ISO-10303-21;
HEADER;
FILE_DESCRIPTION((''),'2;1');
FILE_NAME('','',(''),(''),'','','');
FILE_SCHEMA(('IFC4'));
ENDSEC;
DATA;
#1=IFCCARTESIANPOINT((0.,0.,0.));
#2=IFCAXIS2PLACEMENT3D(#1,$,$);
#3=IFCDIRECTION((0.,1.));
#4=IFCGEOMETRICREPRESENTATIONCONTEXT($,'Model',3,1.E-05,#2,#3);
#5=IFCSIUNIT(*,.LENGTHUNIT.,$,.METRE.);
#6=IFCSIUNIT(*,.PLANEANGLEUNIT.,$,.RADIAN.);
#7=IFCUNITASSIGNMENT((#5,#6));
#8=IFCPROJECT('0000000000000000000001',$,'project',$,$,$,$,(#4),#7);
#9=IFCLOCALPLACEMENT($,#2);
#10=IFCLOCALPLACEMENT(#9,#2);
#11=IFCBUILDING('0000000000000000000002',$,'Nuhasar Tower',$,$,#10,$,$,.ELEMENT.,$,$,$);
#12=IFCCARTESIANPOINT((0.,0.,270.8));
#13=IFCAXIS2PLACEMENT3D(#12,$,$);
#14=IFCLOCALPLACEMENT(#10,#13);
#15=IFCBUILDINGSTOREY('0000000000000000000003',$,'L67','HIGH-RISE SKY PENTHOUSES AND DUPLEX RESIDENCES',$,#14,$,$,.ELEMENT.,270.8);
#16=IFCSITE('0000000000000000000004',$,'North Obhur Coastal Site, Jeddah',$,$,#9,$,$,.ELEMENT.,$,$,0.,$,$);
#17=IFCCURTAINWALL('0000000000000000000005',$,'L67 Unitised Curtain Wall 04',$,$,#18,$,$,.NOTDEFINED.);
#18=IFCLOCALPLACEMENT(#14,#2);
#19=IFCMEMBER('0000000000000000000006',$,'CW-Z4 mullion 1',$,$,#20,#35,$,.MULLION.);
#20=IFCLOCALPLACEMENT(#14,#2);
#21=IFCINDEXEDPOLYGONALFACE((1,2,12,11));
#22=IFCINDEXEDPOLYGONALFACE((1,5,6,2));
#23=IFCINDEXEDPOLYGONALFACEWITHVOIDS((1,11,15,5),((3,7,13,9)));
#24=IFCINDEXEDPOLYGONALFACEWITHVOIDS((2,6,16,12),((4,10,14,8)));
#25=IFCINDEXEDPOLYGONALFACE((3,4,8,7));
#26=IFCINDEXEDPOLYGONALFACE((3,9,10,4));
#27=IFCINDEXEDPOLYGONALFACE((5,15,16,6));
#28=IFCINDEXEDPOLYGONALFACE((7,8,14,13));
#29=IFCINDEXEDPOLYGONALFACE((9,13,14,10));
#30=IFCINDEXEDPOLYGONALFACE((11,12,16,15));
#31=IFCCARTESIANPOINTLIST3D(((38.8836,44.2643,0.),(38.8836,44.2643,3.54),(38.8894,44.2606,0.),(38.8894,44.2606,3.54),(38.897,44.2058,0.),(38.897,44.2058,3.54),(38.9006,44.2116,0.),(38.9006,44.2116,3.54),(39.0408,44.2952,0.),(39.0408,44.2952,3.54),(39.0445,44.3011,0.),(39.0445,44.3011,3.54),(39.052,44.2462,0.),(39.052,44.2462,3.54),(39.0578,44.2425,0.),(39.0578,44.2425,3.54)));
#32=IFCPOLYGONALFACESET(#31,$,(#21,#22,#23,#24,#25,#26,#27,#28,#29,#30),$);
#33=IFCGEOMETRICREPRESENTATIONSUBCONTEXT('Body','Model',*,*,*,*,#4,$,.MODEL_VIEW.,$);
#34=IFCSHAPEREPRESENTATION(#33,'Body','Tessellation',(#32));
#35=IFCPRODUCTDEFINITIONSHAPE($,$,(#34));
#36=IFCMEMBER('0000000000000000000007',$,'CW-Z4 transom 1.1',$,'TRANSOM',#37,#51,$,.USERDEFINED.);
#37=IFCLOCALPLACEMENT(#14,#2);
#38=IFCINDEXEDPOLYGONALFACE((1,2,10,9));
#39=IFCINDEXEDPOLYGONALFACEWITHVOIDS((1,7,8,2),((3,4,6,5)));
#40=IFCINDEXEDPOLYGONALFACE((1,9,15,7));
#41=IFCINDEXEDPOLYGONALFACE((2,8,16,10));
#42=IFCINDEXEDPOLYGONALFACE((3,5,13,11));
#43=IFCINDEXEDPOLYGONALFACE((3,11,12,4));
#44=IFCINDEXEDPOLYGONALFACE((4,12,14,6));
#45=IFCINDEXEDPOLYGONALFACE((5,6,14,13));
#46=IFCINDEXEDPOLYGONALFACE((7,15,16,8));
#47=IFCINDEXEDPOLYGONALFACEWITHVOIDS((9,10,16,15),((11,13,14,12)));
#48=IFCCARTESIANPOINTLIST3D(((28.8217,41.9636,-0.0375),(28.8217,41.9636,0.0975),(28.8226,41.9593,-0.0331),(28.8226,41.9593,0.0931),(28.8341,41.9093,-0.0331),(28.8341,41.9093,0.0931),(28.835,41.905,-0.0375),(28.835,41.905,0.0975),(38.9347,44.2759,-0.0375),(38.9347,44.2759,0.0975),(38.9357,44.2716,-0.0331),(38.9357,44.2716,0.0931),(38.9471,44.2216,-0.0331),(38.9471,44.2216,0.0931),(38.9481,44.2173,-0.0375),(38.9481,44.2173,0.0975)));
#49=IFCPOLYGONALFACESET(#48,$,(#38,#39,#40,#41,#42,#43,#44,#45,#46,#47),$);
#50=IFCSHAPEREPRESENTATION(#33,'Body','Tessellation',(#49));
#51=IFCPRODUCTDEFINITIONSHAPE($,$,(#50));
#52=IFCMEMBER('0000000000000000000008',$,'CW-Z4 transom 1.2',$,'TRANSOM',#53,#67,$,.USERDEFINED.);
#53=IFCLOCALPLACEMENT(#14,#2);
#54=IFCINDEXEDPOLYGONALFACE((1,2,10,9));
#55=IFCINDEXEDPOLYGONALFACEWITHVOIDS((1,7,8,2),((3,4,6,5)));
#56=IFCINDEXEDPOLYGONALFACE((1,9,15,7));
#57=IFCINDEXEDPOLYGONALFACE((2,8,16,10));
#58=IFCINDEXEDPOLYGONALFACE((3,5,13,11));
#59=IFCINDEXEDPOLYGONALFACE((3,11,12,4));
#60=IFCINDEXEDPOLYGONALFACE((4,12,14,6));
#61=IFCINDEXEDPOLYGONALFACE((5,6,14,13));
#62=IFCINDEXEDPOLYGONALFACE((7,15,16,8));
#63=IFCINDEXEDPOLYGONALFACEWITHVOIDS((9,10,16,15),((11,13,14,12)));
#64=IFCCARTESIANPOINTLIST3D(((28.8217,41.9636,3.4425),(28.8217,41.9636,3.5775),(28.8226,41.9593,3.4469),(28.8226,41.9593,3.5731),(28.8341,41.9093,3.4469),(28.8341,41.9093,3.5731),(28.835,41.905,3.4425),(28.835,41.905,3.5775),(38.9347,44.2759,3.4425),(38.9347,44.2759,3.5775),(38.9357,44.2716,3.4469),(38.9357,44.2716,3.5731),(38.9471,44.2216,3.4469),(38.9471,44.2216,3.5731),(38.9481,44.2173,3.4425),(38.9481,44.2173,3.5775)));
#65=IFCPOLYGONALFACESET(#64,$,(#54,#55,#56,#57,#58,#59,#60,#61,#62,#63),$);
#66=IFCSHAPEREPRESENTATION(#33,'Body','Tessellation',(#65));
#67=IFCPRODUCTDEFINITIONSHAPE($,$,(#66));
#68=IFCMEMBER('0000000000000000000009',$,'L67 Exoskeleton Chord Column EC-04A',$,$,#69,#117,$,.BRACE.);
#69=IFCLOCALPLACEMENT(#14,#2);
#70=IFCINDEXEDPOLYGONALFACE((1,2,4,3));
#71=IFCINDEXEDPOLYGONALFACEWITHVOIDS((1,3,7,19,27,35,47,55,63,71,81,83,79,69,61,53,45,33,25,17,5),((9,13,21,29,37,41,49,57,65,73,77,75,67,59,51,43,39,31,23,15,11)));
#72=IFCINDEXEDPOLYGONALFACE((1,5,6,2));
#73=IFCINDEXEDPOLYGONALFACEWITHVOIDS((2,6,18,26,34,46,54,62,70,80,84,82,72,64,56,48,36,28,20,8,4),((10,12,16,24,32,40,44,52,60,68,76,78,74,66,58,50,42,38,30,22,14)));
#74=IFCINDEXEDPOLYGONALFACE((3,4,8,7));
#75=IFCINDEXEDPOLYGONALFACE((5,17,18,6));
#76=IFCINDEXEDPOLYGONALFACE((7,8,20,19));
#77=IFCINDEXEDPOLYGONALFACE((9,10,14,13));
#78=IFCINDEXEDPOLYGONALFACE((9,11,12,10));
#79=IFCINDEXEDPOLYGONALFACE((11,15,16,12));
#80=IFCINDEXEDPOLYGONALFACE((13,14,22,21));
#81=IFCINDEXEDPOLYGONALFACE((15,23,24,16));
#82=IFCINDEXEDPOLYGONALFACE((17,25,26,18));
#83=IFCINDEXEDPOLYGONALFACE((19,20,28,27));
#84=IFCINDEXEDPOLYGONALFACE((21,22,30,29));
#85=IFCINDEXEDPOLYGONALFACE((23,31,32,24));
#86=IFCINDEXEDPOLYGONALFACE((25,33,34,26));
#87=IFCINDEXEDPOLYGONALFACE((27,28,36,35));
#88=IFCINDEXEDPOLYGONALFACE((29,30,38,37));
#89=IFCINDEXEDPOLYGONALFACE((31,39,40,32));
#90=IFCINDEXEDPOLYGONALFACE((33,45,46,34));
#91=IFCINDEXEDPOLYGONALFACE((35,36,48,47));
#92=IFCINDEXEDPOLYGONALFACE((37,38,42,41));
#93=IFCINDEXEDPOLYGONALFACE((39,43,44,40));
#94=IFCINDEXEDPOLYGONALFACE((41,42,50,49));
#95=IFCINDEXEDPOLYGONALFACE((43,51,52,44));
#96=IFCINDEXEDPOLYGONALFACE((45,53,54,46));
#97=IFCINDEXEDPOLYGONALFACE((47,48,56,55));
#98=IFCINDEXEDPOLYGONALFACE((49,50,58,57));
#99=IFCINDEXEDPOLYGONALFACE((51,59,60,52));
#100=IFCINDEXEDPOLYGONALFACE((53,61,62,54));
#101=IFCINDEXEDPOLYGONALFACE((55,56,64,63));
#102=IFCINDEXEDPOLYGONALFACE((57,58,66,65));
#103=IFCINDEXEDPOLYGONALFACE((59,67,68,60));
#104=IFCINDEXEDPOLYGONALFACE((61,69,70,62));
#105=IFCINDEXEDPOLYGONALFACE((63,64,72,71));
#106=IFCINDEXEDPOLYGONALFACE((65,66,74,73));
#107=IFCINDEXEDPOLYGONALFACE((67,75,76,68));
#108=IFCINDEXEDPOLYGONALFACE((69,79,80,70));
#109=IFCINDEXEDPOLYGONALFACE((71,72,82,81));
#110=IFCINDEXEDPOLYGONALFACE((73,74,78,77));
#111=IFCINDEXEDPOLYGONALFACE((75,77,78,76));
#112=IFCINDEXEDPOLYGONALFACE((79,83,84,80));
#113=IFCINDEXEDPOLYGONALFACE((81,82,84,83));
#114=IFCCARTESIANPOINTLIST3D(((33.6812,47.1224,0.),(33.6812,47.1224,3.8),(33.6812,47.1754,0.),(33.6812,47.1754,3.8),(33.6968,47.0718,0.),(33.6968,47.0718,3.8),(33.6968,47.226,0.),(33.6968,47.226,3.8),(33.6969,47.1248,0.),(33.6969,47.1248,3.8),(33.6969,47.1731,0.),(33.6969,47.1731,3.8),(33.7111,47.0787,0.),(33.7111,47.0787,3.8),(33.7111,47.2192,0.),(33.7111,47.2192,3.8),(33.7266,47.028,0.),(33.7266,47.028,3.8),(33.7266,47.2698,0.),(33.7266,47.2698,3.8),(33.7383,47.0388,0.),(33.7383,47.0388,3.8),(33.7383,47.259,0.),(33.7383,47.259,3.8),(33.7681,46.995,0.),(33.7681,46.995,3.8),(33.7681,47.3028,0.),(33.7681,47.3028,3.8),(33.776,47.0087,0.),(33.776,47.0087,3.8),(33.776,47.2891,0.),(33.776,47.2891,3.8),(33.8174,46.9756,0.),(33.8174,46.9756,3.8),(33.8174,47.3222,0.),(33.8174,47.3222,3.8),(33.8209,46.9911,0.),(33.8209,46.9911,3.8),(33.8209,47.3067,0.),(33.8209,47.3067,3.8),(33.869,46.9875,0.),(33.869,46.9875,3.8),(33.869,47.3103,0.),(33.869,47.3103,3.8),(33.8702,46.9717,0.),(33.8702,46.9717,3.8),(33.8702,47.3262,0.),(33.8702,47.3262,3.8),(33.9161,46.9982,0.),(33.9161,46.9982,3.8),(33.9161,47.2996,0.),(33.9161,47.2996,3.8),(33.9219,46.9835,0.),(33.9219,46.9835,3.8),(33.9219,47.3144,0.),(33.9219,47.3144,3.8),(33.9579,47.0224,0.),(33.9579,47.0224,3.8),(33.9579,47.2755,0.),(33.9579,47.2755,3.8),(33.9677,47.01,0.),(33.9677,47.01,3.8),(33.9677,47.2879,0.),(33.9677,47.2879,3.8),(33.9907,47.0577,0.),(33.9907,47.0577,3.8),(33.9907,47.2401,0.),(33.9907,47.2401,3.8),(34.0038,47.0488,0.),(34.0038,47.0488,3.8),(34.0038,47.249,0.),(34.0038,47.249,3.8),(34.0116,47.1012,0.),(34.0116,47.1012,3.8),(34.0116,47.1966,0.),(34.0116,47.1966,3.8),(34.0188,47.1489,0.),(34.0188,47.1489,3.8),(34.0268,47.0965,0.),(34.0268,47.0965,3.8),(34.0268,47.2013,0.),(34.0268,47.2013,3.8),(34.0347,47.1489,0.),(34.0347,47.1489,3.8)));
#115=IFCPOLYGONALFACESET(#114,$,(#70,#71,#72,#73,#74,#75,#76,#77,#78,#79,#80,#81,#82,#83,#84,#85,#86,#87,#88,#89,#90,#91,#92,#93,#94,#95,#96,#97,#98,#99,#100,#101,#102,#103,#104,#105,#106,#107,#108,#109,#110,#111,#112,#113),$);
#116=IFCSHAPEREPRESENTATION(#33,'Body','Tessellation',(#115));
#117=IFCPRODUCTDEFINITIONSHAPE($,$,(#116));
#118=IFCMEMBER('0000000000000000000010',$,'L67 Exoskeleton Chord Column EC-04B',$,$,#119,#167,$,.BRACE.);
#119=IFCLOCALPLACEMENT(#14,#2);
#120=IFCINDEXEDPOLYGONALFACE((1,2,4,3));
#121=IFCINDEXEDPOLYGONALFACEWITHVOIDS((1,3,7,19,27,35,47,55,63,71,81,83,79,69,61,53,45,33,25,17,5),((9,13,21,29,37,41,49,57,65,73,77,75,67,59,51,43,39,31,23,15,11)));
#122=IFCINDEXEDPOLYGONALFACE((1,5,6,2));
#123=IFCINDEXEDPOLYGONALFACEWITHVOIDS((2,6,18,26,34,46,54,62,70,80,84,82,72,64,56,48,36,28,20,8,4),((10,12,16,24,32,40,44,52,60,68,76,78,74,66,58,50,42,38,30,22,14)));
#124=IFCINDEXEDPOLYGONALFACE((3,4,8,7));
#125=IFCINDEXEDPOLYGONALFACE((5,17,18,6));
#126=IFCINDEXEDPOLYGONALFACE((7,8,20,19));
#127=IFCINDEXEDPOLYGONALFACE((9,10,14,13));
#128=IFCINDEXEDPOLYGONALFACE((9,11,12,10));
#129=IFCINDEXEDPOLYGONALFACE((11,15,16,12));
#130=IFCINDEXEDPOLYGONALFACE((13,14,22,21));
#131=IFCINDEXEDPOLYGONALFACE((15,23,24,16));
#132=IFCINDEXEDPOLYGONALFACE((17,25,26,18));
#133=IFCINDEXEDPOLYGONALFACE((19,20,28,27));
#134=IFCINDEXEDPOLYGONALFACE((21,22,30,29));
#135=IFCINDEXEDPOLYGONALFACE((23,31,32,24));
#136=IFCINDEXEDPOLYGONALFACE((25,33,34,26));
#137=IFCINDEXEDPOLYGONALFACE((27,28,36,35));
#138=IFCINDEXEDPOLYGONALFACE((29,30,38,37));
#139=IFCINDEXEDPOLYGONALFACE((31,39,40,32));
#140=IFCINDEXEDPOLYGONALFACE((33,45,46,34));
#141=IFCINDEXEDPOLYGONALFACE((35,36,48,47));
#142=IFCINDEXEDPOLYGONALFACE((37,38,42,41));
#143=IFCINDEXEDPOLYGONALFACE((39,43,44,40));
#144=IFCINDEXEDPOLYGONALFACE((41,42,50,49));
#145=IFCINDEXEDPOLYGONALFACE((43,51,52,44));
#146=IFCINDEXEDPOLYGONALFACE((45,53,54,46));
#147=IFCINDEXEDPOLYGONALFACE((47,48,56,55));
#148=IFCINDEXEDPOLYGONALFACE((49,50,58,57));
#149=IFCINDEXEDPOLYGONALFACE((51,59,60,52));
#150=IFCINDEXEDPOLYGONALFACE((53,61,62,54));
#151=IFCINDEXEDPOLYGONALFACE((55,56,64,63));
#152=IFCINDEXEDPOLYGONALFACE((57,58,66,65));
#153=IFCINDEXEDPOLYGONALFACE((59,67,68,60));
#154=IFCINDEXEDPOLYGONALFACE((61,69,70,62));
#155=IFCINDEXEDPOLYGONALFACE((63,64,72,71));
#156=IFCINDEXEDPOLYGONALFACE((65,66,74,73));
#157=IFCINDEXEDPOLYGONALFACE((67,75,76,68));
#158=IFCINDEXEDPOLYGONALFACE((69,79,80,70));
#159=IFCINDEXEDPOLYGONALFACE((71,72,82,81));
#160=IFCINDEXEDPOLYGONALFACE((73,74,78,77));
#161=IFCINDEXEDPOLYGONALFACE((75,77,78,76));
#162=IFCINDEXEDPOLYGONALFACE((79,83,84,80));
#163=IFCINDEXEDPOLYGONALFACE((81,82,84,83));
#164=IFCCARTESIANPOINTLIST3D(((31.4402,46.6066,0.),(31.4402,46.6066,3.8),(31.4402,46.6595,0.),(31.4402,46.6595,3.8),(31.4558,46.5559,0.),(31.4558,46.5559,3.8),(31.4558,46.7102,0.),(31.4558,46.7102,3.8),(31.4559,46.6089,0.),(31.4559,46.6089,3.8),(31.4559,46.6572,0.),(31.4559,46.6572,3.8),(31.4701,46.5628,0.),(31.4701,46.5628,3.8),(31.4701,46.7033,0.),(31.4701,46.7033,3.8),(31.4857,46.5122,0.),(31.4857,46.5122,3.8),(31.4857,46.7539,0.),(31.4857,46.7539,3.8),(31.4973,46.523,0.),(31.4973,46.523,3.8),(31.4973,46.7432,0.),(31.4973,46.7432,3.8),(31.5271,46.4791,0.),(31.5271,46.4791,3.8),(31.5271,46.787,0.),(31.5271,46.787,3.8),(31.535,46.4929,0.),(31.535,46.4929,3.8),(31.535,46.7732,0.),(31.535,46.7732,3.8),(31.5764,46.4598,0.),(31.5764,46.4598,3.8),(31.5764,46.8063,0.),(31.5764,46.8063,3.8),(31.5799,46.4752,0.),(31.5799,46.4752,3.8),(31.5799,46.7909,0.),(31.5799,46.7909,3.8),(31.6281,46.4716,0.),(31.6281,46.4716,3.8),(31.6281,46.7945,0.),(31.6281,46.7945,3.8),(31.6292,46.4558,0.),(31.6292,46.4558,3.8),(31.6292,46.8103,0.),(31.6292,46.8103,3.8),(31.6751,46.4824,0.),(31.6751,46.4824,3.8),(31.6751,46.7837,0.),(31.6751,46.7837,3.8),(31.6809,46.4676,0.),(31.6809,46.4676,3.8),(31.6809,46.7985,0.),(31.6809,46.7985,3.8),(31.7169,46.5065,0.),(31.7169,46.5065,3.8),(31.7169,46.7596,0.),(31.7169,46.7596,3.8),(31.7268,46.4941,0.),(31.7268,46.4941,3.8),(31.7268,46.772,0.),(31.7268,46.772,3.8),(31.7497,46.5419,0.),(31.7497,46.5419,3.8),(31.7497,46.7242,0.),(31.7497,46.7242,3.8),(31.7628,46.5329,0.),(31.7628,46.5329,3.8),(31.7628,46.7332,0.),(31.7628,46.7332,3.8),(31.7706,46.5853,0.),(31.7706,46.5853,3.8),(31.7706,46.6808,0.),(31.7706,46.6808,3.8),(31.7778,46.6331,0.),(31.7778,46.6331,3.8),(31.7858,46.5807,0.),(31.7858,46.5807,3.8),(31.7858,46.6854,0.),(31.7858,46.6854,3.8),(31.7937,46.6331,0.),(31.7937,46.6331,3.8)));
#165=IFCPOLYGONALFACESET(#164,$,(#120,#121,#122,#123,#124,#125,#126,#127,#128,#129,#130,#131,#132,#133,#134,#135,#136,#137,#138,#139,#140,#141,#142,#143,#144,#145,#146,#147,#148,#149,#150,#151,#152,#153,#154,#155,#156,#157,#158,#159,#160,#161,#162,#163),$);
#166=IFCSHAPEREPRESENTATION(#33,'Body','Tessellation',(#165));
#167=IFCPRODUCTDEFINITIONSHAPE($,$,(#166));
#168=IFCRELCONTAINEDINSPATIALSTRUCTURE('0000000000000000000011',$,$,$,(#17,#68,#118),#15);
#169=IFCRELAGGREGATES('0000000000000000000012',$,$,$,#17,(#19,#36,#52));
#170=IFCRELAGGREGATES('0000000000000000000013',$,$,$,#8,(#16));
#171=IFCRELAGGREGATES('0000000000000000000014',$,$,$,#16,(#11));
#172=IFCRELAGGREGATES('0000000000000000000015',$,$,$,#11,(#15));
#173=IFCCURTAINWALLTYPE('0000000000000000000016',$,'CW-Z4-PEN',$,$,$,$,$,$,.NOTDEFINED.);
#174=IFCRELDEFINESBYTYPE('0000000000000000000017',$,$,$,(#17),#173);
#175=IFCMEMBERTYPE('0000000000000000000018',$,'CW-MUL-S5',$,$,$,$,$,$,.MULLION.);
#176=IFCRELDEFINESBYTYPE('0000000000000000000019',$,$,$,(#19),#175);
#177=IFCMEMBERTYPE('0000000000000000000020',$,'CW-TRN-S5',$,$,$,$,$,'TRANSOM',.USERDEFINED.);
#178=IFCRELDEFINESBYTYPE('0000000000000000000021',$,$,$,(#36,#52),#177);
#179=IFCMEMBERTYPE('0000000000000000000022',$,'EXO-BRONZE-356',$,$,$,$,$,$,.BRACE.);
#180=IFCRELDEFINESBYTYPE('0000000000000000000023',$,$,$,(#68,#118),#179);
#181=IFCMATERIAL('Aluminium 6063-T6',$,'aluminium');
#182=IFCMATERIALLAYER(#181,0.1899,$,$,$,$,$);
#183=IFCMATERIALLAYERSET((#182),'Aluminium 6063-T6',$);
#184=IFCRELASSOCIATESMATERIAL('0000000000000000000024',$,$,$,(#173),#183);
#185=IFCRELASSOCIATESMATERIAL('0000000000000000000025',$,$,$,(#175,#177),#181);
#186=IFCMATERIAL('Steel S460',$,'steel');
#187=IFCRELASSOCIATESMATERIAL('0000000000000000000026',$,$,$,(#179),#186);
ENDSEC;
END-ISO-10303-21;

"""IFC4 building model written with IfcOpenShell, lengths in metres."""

from ifc_helpers import new_model, si_unit, direction, frame, origin, origin_2d, place, context, subcontext, project, spatial, hollow_rectangle, hollow_circle, extrude, material, layer, layer_set, material_profile, profile_set, type_object, element, aggregate, save


model = new_model("IFC4")

# Units and contexts
model_context = context("Model", 3, precision=1e-05, world=origin(), true_north=direction((0.0, 1.0)))
body_context = subcontext(model_context, "Body", "Model", "MODEL_VIEW")
ifc_project = project(units=[si_unit("LENGTHUNIT", "METRE"), si_unit("PLANEANGLEUNIT", "RADIAN")], contexts=[model_context])

# Site, building, storey
site_placement = place(None, origin())
site = spatial("IfcSite", under=ifc_project, at=site_placement, Name="North Obhur Coastal Site, Jeddah", CompositionType="ELEMENT", RefElevation=0.0)
building_placement = place(site_placement, origin())
building = spatial("IfcBuilding", under=site, at=building_placement, Name="Nuhasar Tower", CompositionType="ELEMENT")
storey_placement = place(building_placement, frame((0.0, 0.0, 270.8)))
storey = spatial("IfcBuildingStorey", under=building, at=storey_placement, Name="L67", Description="HIGH-RISE SKY PENTHOUSES AND DUPLEX RESIDENCES", CompositionType="ELEMENT", Elevation=270.8)

# Curtain wall, members
ifc_material_1 = material(Name="Aluminium 6063-T6", Category="aluminium")
ifc_layer_1 = layer(ifc_material_1, 0.1899)
ifc_layer_set_1 = layer_set([ifc_layer_1], Name="Aluminium 6063-T6")
curtain_wall_type = type_object("IfcCurtainWallType", Name="CW-Z4-PEN", PredefinedType="NOTDEFINED", material=ifc_layer_set_1)
curtain_wall_placement = place(storey_placement, origin())
curtain_wall = element("IfcCurtainWall", 1, at=curtain_wall_placement, inside=storey, type_object=curtain_wall_type, Name="L67 Unitised Curtain Wall 04", PredefinedType="NOTDEFINED")
ifc_material_profile_1 = material_profile(ifc_material_1, hollow_rectangle(XDim=0.0601, YDim=0.165, WallThickness=0.0049, at=origin_2d()), Name="CWM-5")
ifc_profile_set_1 = profile_set([ifc_material_profile_1], Name="Aluminium 6063-T6")
member_type_1 = type_object("IfcMemberType", Name="CW-MUL-S5", PredefinedType="MULLION", material=ifc_profile_set_1)
member_1_placement = place(storey_placement, frame((38.9707, 44.2534, 0.0), z_axis=(0.0, 0.0, 1.0), x_axis=(0.222889, -0.974844, 0.0)))
member_1 = element("IfcMember", 2, at=member_1_placement, type_object=member_type_1, Name="CW-Z4 mullion 1", PredefinedType="MULLION", context=body_context, shape_type="SweptSolid", body=[
    extrude(hollow_rectangle(XDim=0.0601, YDim=0.165, WallThickness=0.0049, at=origin_2d()), origin(), (0.0, 0.0, 1.0), 3.54),
])
ifc_material_profile_2 = material_profile(ifc_material_1, hollow_rectangle(XDim=0.0601, YDim=0.135, WallThickness=0.0044, at=origin_2d()), Name="CWT-5")
ifc_profile_set_2 = profile_set([ifc_material_profile_2], Name="Aluminium 6063-T6")
member_type_2 = type_object("IfcMemberType", Name="CW-TRN-S5", ElementType="TRANSOM", PredefinedType="USERDEFINED", material=ifc_profile_set_2)
member_2_placement = place(storey_placement, frame((38.9414, 44.2466, 0.03), z_axis=(-0.974844, -0.222889, 0.0), x_axis=(0.222889, -0.974844, 0.0)))
member_2 = element("IfcMember", 3, at=member_2_placement, type_object=member_type_2, Name="CW-Z4 transom 1.1", ObjectType="TRANSOM", PredefinedType="USERDEFINED", context=body_context, shape_type="SweptSolid", body=[
    extrude(hollow_rectangle(XDim=0.0601, YDim=0.135, WallThickness=0.0044, at=origin_2d()), origin(), (0.0, 0.0, 1.0), 10.374),
])
member_3_placement = place(storey_placement, frame((38.9414, 44.2466, 3.51), z_axis=(-0.974844, -0.222889, 0.0), x_axis=(0.222889, -0.974844, 0.0)))
member_3 = element("IfcMember", 4, at=member_3_placement, type_object=member_type_2, Name="CW-Z4 transom 1.2", ObjectType="TRANSOM", PredefinedType="USERDEFINED", context=body_context, shape_type="SweptSolid", body=[
    extrude(hollow_rectangle(XDim=0.0601, YDim=0.135, WallThickness=0.0044, at=origin_2d()), origin(), (0.0, 0.0, 1.0), 10.374),
])

# Members
ifc_material_2 = material(Name="Steel S460", Category="steel")
ifc_material_profile_3 = material_profile(ifc_material_2, hollow_circle(Radius=0.1777, WallThickness=0.0159, at=origin_2d()), Name="HSS355.6X15.9")
ifc_profile_set_3 = profile_set([ifc_material_profile_3], Name="Steel S460")
member_type_3 = type_object("IfcMemberType", Name="EXO-BRONZE-356", PredefinedType="BRACE", material=ifc_profile_set_3)
for number, where, z_axis, x_axis, name in (
    (5, (33.8569, 47.1489, 0.0), (0.0, 0.0, 1.0), (1.0, 0.0, 0.0), "L67 Exoskeleton Chord Column EC-04A"),
    (6, (31.616, 46.6331, 0.0), (0.0, 0.0, 1.0), (1.0, 0.0, 0.0), "L67 Exoskeleton Chord Column EC-04B"),
):
    element("IfcMember", number, at=place(storey_placement, frame(where, z_axis=z_axis, x_axis=x_axis)), inside=storey, type_object=member_type_3, Name=name, PredefinedType="BRACE", context=body_context, shape_type="SweptSolid", body=[
        extrude(hollow_circle(Radius=0.1777, WallThickness=0.0159, at=origin_2d()), origin(), (0.0, 0.0, 1.0), 3.8),
    ])

aggregate(curtain_wall, [member_1, member_2, member_3])

save(model, "model.ifc")
